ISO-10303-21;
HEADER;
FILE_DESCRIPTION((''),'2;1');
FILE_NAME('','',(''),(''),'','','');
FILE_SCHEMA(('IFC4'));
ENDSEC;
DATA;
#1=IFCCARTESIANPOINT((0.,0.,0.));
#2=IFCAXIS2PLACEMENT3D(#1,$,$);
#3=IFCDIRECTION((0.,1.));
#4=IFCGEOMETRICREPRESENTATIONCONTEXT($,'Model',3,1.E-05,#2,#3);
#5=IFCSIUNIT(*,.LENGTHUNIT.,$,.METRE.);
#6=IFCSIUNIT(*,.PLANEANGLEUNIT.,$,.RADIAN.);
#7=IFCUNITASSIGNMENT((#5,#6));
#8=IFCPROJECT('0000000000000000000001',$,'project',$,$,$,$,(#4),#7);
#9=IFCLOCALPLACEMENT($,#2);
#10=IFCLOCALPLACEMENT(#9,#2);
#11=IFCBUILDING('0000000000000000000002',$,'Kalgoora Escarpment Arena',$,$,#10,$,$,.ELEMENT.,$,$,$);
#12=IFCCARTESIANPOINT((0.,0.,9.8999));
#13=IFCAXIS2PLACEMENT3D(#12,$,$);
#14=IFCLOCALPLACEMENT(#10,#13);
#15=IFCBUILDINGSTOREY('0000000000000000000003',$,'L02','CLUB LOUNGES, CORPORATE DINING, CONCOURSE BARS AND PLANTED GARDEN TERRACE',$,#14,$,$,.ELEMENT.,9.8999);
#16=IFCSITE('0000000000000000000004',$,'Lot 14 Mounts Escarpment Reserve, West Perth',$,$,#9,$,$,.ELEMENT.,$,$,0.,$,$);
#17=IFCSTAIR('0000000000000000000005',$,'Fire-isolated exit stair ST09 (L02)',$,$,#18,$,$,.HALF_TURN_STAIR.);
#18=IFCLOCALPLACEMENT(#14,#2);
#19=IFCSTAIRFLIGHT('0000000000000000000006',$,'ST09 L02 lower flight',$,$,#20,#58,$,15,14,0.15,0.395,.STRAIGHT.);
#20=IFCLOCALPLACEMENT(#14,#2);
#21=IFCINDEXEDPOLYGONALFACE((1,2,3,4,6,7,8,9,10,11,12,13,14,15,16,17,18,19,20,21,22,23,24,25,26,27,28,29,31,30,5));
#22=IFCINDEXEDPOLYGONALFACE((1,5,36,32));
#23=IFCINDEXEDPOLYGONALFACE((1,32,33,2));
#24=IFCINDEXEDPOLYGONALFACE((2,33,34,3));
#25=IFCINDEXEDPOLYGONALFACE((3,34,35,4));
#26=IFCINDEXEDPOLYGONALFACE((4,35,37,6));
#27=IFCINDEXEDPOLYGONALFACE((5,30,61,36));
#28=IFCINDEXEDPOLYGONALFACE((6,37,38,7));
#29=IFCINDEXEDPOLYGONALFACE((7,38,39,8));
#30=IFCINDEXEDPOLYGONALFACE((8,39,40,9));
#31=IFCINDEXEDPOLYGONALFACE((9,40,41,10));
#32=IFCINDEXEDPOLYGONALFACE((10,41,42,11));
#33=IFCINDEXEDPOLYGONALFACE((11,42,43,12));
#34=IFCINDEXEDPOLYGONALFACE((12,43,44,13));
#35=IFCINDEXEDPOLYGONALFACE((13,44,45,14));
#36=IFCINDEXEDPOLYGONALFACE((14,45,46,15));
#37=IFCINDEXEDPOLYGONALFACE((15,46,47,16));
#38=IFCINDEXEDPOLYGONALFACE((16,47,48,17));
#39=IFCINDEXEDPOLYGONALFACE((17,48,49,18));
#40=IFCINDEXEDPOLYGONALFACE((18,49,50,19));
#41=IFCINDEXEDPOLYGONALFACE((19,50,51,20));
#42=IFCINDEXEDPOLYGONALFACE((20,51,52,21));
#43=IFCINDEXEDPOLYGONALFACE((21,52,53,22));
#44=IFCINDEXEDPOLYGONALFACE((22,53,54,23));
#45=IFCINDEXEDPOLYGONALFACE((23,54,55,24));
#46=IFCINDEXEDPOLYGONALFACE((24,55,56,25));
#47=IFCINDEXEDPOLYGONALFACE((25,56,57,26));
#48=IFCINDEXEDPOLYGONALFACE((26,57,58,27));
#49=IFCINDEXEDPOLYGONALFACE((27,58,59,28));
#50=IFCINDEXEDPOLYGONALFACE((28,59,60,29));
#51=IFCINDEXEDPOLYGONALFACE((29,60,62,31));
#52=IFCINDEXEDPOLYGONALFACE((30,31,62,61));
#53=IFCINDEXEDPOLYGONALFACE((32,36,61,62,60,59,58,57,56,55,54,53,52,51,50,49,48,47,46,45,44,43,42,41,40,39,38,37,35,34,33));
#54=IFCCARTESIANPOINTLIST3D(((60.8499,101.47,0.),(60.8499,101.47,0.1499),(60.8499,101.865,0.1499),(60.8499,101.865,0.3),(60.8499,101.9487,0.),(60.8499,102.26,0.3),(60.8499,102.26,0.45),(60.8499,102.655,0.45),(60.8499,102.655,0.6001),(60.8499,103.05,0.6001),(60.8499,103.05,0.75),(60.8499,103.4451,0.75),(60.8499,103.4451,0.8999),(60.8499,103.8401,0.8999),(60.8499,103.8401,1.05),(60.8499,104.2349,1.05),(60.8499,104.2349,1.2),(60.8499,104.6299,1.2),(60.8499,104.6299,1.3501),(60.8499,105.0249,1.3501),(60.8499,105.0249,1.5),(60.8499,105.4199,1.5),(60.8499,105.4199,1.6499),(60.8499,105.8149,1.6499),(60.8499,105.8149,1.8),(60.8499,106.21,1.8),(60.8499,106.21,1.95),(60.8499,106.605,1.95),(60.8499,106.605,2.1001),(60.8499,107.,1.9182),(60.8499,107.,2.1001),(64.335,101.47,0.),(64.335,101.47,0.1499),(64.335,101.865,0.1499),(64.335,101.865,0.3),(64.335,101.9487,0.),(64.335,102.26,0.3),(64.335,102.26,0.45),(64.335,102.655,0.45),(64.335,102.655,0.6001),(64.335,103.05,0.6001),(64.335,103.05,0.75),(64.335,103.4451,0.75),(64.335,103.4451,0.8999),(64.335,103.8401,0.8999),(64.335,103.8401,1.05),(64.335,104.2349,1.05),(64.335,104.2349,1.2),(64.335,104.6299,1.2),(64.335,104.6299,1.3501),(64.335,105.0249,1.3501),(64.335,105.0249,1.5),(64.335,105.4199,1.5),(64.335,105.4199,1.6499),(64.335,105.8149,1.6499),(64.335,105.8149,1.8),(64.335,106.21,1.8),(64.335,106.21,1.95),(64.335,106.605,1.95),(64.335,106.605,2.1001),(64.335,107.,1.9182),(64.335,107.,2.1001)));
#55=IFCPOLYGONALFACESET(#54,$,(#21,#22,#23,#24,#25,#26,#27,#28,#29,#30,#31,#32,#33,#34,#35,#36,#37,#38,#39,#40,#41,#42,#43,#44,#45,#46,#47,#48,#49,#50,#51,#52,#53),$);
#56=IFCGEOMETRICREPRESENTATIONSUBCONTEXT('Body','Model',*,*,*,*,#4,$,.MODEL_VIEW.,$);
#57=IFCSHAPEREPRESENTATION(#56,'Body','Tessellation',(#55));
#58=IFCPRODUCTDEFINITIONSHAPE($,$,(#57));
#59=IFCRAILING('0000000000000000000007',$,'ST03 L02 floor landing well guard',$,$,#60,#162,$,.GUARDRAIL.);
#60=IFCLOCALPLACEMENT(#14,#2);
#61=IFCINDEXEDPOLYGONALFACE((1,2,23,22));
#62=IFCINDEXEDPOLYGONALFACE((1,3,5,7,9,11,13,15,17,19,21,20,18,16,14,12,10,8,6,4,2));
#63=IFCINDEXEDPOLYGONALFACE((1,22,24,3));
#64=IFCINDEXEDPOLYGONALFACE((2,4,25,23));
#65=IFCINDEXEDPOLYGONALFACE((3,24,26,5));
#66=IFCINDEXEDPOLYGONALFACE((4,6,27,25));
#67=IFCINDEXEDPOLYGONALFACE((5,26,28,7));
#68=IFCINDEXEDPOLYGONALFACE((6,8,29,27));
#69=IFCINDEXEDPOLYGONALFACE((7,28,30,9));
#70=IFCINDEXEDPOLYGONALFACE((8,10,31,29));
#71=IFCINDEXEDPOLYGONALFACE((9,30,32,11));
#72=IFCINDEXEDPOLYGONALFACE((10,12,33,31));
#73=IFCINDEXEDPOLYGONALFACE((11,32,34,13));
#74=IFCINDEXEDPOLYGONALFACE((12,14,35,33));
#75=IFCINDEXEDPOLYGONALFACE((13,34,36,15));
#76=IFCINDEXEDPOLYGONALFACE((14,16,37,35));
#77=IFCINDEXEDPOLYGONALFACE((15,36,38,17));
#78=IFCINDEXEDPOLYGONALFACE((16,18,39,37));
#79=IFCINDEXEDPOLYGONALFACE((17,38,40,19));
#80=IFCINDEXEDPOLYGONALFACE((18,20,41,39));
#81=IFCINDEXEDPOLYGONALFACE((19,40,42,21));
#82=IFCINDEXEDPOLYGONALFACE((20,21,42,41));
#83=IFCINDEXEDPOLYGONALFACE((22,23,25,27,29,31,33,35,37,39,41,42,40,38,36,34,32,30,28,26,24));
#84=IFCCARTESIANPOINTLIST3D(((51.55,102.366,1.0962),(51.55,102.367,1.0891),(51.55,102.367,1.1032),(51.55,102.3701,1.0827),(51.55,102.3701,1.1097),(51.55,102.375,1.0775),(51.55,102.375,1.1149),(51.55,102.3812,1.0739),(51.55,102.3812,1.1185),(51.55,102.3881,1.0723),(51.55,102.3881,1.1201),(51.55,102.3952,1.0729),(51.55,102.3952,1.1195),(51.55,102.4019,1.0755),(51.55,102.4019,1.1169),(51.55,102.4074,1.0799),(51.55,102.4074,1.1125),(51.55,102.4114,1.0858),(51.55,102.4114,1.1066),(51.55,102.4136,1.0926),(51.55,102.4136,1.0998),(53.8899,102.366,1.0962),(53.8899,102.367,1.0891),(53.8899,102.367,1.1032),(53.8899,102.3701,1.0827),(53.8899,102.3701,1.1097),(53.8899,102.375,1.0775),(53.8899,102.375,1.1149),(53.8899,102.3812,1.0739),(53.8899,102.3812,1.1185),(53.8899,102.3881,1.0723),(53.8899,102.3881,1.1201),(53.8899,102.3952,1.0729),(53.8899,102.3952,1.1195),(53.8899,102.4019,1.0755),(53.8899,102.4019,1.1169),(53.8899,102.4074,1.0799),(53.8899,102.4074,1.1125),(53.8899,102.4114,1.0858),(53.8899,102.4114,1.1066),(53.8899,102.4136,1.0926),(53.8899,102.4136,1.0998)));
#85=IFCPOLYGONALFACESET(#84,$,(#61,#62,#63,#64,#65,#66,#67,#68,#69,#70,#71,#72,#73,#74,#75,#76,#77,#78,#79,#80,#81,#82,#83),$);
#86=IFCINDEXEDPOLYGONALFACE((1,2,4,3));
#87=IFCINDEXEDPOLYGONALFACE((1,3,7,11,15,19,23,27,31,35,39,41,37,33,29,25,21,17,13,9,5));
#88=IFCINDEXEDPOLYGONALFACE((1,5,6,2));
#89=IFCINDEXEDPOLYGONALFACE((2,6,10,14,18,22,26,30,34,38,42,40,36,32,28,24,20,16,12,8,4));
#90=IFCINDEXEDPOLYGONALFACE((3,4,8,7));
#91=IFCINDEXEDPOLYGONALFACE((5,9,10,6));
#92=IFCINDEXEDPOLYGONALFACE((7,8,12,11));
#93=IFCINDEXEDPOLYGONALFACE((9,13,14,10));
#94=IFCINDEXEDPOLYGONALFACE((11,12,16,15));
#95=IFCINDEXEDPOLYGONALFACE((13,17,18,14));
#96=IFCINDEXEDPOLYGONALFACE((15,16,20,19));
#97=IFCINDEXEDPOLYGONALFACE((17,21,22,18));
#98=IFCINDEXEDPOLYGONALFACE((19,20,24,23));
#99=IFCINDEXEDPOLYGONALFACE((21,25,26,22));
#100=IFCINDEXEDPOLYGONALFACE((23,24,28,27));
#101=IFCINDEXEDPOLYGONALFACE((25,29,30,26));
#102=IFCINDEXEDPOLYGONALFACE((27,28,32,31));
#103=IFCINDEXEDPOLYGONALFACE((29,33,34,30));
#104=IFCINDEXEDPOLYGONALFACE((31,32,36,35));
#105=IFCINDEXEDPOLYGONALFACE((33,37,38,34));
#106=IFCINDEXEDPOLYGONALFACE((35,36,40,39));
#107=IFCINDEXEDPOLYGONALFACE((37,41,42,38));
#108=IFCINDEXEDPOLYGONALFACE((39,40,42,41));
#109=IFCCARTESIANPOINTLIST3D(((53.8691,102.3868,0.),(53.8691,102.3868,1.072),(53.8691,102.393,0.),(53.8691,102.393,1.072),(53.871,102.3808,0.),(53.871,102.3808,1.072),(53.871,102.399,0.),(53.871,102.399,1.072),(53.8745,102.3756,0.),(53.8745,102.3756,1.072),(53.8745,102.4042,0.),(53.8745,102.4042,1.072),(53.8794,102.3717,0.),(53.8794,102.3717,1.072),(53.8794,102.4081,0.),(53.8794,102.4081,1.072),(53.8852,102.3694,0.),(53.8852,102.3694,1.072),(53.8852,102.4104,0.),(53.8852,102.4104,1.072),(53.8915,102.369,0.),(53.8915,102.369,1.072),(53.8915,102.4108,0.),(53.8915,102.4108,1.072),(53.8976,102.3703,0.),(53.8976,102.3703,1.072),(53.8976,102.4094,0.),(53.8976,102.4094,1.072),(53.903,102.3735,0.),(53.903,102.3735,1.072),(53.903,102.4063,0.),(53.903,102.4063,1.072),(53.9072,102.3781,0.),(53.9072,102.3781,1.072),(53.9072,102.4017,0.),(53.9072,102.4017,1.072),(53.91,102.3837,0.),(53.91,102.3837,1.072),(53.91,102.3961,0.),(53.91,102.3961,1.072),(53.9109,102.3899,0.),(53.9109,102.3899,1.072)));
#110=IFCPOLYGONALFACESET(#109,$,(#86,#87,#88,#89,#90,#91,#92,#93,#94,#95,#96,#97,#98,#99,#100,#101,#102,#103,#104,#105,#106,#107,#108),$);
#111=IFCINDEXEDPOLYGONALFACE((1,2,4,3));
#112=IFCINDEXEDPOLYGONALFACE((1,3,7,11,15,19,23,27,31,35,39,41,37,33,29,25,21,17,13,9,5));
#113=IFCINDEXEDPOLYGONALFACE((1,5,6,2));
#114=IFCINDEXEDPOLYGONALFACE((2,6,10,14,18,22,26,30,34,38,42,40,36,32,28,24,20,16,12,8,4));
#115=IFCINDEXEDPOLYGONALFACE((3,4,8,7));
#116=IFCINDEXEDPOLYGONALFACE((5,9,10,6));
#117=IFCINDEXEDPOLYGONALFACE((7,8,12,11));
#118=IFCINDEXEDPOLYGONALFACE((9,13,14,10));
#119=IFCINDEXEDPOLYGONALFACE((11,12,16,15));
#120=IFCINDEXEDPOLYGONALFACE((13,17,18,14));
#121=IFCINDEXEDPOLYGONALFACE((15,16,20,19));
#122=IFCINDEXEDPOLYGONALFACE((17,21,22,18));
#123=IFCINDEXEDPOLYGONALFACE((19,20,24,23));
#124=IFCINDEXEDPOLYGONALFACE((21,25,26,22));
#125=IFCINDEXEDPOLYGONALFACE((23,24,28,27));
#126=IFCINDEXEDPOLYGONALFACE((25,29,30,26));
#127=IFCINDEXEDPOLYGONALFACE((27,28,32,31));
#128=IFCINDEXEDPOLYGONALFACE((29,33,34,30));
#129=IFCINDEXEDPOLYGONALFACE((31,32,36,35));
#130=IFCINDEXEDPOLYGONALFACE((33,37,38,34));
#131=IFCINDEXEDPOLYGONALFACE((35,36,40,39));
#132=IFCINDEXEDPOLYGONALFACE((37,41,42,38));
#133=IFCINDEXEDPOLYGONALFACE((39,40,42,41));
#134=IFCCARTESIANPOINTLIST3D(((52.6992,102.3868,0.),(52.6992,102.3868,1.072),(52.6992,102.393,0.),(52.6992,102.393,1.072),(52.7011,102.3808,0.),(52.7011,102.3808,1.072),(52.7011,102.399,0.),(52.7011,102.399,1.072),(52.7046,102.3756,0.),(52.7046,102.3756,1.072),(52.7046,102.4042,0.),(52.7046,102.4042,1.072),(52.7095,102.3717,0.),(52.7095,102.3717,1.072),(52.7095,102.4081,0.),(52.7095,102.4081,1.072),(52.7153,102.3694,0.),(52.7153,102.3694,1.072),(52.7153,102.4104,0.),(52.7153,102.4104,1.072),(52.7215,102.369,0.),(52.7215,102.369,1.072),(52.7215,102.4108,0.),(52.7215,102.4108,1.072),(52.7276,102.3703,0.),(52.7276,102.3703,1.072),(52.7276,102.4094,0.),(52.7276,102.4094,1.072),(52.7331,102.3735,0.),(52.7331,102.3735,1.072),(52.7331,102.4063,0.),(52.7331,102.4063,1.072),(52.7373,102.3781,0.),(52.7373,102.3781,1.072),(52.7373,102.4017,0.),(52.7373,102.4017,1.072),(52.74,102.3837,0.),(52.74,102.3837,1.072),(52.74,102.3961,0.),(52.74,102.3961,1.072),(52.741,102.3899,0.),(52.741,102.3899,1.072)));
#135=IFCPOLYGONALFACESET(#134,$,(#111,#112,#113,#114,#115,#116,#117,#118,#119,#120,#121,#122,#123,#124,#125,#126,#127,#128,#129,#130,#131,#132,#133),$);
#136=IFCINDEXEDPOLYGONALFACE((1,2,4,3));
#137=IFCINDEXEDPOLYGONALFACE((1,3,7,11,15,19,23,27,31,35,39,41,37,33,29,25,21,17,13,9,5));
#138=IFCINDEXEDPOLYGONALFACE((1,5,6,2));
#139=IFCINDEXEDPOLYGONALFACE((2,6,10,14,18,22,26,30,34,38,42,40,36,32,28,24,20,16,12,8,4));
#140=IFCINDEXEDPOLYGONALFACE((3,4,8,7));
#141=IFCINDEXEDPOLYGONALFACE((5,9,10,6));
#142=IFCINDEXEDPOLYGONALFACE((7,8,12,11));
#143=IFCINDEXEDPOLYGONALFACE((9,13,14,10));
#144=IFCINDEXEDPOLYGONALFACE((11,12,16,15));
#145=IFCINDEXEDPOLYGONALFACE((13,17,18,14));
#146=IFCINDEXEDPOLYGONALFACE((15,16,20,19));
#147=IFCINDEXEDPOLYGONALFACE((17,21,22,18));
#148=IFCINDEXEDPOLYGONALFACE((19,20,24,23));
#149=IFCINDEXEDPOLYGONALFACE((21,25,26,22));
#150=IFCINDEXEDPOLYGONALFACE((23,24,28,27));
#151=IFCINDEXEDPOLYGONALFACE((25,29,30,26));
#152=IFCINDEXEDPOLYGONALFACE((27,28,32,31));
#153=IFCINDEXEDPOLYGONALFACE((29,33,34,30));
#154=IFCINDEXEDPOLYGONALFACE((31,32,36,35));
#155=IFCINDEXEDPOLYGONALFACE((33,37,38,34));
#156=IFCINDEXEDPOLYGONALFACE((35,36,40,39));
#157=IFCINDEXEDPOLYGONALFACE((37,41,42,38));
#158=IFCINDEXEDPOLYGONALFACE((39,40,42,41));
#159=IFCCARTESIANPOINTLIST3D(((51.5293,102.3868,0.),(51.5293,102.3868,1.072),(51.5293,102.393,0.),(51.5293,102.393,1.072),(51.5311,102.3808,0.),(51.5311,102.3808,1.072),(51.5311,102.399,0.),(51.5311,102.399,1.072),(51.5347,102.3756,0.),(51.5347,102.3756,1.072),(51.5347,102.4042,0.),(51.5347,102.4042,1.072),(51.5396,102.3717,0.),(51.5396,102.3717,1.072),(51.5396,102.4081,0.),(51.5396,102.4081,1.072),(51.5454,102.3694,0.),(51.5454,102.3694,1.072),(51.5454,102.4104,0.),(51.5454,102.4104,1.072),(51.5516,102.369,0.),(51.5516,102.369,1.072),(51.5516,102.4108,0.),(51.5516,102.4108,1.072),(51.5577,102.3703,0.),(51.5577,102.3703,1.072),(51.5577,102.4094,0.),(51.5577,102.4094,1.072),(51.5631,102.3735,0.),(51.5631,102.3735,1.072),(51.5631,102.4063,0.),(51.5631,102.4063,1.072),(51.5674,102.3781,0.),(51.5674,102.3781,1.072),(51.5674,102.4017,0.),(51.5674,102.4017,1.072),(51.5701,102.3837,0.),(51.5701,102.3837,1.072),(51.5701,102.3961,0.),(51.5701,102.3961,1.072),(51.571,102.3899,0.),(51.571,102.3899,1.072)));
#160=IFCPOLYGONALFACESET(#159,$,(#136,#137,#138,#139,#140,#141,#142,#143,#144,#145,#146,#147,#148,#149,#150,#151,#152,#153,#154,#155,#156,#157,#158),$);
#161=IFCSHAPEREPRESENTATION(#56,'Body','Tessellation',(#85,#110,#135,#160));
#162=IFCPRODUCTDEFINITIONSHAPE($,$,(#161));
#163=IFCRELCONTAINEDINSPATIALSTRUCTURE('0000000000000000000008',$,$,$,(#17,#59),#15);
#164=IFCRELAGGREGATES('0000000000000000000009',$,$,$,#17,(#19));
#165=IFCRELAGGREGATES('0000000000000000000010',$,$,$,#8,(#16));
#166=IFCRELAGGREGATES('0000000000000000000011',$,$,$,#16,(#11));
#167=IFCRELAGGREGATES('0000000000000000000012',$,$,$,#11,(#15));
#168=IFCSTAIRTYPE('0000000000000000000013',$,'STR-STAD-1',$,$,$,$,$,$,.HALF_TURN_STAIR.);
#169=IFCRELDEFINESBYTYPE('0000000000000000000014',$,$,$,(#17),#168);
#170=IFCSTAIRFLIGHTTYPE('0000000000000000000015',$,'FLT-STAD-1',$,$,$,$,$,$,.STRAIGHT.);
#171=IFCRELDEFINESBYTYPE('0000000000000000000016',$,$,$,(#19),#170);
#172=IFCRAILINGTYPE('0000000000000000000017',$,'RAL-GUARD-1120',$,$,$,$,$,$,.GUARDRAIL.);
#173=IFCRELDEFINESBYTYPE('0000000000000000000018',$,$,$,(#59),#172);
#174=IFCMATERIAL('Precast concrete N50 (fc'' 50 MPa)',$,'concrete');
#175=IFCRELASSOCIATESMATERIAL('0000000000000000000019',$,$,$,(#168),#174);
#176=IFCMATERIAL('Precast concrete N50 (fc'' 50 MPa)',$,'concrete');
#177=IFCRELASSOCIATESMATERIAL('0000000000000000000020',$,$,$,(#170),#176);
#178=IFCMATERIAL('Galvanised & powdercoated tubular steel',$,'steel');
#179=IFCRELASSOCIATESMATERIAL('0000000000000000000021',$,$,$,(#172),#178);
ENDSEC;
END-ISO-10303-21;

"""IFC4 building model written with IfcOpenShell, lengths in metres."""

from ifc_helpers import new_model, si_unit, direction, frame, origin, origin_2d, place, context, subcontext, project, spatial, polyline, circle, outline, extrude, material, type_object, element, aggregate, save


model = new_model("IFC4")

# Units and contexts
model_context = context("Model", 3, precision=1e-05, world=origin(), true_north=direction((0.0, 1.0)))
body_context = subcontext(model_context, "Body", "Model", "MODEL_VIEW")
ifc_project = project(units=[si_unit("LENGTHUNIT", "METRE"), si_unit("PLANEANGLEUNIT", "RADIAN")], contexts=[model_context])

# Site, building, storey
site_placement = place(None, origin())
site = spatial("IfcSite", under=ifc_project, at=site_placement, Name="Lot 14 Mounts Escarpment Reserve, West Perth", CompositionType="ELEMENT", RefElevation=0.0)
building_placement = place(site_placement, origin())
building = spatial("IfcBuilding", under=site, at=building_placement, Name="Kalgoora Escarpment Arena", CompositionType="ELEMENT")
storey_placement = place(building_placement, frame((0.0, 0.0, 9.8999)))
storey = spatial("IfcBuildingStorey", under=building, at=storey_placement, Name="L02", Description="CLUB LOUNGES, CORPORATE DINING, CONCOURSE BARS AND PLANTED GARDEN TERRACE", CompositionType="ELEMENT", Elevation=9.8999)

# Stair, stair flight
ifc_material_1 = material(Name="Precast concrete N50 (fc' 50 MPa)", Category="concrete")
stair_type = type_object("IfcStairType", Name="STR-STAD-1", PredefinedType="HALF_TURN_STAIR", material=ifc_material_1)
stair_placement = place(storey_placement, origin())
stair = element("IfcStair", 1, at=stair_placement, inside=storey, type_object=stair_type, Name="Fire-isolated exit stair ST09 (L02)", PredefinedType="HALF_TURN_STAIR")
ifc_material_2 = material(Name="Precast concrete N50 (fc' 50 MPa)", Category="concrete")
stair_flight_type = type_object("IfcStairFlightType", Name="FLT-STAD-1", PredefinedType="STRAIGHT", material=ifc_material_2)
stair_flight_placement = place(storey_placement, frame((62.5925, 101.47, 0.0), z_axis=(0.0, 0.0, 1.0), x_axis=(0.0, 1.0, 0.0)))
stair_flight = element("IfcStairFlight", 2, at=stair_flight_placement, type_object=stair_flight_type, Name="ST09 L02 lower flight", NumberOfRisers=15, NumberOfTreads=14, PredefinedType="STRAIGHT", RiserHeight=0.15, TreadLength=0.395, context=body_context, shape_type="SweptSolid", body=[
    extrude(outline(polyline([(0.0, 0.0), (0.0, 0.1499), (0.395, 0.1499), (0.395, 0.3), (0.79, 0.3), (0.79, 0.45), (1.1851, 0.45), (1.1851, 0.6001), (1.5801, 0.6001), (1.5801, 0.75), (1.9751, 0.75), (1.9751, 0.8999), (2.3701, 0.8999), (2.3701, 1.05), (2.7649, 1.05), (2.7649, 1.2), (3.1599, 1.2), (3.1599, 1.3501), (3.5549, 1.3501), (3.5549, 1.5), (3.95, 1.5), (3.95, 1.6499), (4.345, 1.6499), (4.345, 1.8), (4.74, 1.8), (4.74, 1.95), (5.135, 1.95), (5.135, 2.1001), (5.53, 2.1001), (5.53, 2.25), (5.53, 1.9182), (0.4788, 0.0), (0.0, 0.0)])), frame((0.0, 1.7427, 0.0), z_axis=(0.0, -1.0, 0.0), x_axis=(1.0, 0.0, 0.0)), (0.0, 0.0, 1.0), 3.4851),
])
aggregate(stair, [stair_flight])

# Railing
ifc_material_3 = material(Name="Galvanised & powdercoated tubular steel", Category="steel")
railing_type_1 = type_object("IfcRailingType", Name="RAL-GUARD-1120", PredefinedType="GUARDRAIL", material=ifc_material_3)
railing_1_placement = place(storey_placement, frame((53.8899, 102.3899, 0.0)))
element("IfcRailing", 3, at=railing_1_placement, inside=storey, type_object=railing_type_1, Name="ST03 L02 floor landing well guard", PredefinedType="GUARDRAIL", context=body_context, shape_type="SweptSolid", body=[
    extrude(circle(Radius=0.0239, at=origin_2d()), frame((0.0, 0.0, 1.0962), z_axis=(-1.0, 0.0, 0.0), x_axis=(0.0, -1.0, 0.0)), (0.0, 0.0, 1.0), 2.3398),
    extrude(circle(Radius=0.021, at=origin_2d()), origin(), (0.0, 0.0, 1.0), 1.072),
    extrude(circle(Radius=0.021, at=origin_2d()), frame((-1.1699, 0.0, 0.0)), (0.0, 0.0, 1.0), 1.072),
    extrude(circle(Radius=0.021, at=origin_2d()), frame((-2.3398, 0.0, 0.0)), (0.0, 0.0, 1.0), 1.072),
])

save(model, "model.ifc")
